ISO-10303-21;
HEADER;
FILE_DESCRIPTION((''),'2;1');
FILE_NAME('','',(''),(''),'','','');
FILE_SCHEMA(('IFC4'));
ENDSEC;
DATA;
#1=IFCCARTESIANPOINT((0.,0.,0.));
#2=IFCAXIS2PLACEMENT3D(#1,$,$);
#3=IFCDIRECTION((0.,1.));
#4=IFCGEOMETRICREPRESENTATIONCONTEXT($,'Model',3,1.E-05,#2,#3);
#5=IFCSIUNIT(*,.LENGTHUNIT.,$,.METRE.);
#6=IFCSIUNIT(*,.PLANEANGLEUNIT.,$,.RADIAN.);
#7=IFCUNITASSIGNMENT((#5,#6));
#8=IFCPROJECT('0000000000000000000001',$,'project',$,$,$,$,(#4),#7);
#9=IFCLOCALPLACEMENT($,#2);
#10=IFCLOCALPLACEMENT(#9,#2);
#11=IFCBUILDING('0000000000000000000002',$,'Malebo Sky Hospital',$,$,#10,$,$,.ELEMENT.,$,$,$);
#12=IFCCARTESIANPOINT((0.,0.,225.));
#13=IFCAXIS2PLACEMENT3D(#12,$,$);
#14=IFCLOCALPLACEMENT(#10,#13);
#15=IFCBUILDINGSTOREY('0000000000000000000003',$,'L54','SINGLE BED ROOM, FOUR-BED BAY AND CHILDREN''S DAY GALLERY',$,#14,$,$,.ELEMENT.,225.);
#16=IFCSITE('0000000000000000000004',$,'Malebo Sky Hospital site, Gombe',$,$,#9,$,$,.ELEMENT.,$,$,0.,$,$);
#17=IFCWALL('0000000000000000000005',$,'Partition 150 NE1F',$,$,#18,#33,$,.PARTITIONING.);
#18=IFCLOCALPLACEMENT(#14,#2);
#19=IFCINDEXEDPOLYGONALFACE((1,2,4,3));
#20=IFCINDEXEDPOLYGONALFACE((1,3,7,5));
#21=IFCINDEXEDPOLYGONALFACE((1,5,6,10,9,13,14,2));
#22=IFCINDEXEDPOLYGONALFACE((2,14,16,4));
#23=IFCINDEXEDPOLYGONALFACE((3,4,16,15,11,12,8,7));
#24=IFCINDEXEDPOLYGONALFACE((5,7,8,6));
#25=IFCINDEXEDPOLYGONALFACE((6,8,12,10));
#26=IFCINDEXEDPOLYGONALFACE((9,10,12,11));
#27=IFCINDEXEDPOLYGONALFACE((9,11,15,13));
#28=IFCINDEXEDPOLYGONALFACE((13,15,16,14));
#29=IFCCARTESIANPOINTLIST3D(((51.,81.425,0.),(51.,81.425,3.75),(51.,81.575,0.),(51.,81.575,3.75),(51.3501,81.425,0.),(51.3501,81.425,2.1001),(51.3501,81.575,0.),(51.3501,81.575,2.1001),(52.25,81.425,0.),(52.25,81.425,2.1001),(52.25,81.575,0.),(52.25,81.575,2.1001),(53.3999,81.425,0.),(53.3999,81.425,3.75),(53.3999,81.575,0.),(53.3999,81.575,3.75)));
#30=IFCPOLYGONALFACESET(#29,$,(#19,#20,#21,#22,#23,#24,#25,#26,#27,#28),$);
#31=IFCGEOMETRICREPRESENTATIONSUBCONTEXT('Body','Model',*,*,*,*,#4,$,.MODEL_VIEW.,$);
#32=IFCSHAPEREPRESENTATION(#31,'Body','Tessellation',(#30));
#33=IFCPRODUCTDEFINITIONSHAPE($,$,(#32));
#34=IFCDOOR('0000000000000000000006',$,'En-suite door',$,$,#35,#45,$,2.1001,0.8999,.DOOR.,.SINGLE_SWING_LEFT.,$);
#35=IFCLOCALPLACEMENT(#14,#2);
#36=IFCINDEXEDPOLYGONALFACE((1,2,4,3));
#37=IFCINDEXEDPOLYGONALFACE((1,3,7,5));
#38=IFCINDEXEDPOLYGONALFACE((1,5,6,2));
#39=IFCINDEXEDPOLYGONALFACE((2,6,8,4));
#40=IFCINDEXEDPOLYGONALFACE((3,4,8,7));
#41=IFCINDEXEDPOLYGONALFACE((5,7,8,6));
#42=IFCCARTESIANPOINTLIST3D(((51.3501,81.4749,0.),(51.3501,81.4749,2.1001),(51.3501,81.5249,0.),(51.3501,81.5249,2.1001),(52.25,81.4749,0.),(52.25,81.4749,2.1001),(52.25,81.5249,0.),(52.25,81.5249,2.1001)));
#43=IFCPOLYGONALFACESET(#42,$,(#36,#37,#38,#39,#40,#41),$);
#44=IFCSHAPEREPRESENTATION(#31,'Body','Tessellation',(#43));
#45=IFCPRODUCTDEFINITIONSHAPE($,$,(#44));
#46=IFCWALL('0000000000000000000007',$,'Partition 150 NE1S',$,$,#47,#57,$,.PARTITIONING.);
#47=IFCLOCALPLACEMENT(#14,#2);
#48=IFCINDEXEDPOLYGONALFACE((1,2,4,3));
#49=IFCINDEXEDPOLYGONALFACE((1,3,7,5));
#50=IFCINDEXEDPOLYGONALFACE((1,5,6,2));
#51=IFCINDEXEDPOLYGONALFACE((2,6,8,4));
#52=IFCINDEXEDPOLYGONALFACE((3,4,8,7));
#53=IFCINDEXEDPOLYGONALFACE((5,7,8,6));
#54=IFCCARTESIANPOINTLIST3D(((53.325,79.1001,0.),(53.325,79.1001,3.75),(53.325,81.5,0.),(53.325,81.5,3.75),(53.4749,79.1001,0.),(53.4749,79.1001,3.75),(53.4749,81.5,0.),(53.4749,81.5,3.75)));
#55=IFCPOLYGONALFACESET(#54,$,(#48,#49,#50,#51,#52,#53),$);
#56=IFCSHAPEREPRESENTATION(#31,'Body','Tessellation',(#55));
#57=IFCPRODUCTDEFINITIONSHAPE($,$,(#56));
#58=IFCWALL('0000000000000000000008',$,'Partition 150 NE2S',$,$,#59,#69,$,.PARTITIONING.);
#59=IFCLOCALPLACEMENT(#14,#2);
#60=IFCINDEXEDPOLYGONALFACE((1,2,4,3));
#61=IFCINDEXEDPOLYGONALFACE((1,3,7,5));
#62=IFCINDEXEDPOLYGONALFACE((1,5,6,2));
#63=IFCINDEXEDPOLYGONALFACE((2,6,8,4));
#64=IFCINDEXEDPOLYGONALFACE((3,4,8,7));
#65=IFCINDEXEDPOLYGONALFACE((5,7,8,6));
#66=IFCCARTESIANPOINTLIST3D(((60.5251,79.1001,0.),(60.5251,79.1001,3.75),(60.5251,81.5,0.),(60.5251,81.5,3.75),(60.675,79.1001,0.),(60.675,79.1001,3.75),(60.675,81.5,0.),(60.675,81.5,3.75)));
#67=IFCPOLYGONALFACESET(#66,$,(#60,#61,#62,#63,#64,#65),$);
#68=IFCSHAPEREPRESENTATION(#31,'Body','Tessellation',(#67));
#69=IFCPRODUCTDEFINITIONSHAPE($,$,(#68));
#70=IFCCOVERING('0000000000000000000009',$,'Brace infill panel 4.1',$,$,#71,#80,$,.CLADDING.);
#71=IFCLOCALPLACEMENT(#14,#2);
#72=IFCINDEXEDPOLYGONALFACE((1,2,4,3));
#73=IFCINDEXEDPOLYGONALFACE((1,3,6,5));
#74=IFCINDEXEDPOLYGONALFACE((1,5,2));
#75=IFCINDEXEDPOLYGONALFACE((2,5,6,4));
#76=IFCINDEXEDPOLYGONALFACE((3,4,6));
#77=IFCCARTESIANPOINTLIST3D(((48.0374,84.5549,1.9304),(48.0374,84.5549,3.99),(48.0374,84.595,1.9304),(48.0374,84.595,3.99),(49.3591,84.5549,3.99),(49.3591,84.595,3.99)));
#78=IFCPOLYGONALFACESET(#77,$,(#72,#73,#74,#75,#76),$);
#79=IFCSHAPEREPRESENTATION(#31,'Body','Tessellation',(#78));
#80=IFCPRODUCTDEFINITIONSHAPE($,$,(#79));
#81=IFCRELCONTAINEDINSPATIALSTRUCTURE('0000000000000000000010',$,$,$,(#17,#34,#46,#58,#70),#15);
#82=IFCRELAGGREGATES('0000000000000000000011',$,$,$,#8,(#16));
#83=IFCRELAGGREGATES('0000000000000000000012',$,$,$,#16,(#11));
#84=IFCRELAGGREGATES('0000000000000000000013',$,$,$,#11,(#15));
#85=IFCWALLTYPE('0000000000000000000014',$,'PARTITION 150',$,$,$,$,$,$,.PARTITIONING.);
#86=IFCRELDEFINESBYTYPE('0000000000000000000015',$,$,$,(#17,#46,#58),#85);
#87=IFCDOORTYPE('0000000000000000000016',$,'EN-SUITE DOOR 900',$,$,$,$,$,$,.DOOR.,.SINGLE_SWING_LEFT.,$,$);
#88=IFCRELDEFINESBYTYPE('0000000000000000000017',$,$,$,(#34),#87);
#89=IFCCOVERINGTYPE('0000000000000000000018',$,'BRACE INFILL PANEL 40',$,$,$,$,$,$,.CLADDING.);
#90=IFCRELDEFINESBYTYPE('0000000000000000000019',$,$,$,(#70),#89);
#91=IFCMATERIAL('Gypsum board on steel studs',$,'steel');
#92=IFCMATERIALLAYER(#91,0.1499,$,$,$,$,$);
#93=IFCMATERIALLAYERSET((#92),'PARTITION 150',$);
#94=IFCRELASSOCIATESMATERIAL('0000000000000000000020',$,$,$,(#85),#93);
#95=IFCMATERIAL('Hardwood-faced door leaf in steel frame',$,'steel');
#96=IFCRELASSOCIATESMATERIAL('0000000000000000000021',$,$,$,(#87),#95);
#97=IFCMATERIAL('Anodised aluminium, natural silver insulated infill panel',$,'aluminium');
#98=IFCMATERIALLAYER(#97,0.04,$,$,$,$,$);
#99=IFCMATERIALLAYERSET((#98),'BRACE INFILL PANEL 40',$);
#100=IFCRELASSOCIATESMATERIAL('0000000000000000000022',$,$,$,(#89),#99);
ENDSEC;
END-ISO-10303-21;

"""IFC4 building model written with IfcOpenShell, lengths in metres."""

from ifc_helpers import new_model, si_unit, direction, frame, frame_2d, origin, place, context, subcontext, project, spatial, polyline, rectangle, outline, extrude, material, layer, layer_set, type_object, element, fill, save


model = new_model("IFC4")

# Units and contexts
model_context = context("Model", 3, precision=1e-05, world=origin(), true_north=direction((0.0, 1.0)))
body_context = subcontext(model_context, "Body", "Model", "MODEL_VIEW")
ifc_project = project(units=[si_unit("LENGTHUNIT", "METRE"), si_unit("PLANEANGLEUNIT", "RADIAN")], contexts=[model_context])

# Site, building, storey
site_placement = place(None, origin())
site = spatial("IfcSite", under=ifc_project, at=site_placement, Name="Malebo Sky Hospital site, Gombe", CompositionType="ELEMENT", RefElevation=0.0)
building_placement = place(site_placement, origin())
building = spatial("IfcBuilding", under=site, at=building_placement, Name="Malebo Sky Hospital", CompositionType="ELEMENT")
storey_placement = place(building_placement, frame((0.0, 0.0, 225.0)))
storey = spatial("IfcBuildingStorey", under=building, at=storey_placement, Name="L54", Description="SINGLE BED ROOM, FOUR-BED BAY AND CHILDREN'S DAY GALLERY", CompositionType="ELEMENT", Elevation=225.0)

# Shared definitions
ifc_material_1 = material(Name="Gypsum board on steel studs", Category="steel")
ifc_layer_1 = layer(ifc_material_1, 0.1499)
ifc_layer_set_1 = layer_set([ifc_layer_1], Name="PARTITION 150")
wall_type_1 = type_object("IfcWallType", Name="PARTITION 150", PredefinedType="PARTITIONING", material=ifc_layer_set_1)

# Wall, opening, door
wall_1_placement = place(storey_placement, frame((51.0, 81.5, 0.0), z_axis=(0.0, 0.0, 1.0), x_axis=(1.0, 0.0, 0.0)))
wall_1 = element("IfcWall", 1, at=wall_1_placement, inside=storey, type_object=wall_type_1, Name="Partition 150 NE1F", PredefinedType="PARTITIONING", context=body_context, shape_type="SweptSolid", body=[
    extrude(rectangle(XDim=2.3999, YDim=0.1499, at=frame_2d((1.2, 0.0))), origin(), (0.0, 0.0, 1.0), 3.75),
])
opening_placement = place(wall_1_placement, frame((0.3501, 0.0, 0.0)))
opening = element("IfcOpeningElement", 2, at=opening_placement, cuts=wall_1, PredefinedType="OPENING", context=body_context, shape_type="SweptSolid", body=[
    extrude(rectangle(XDim=0.8999, YDim=2.1001, at=frame_2d((0.45, 1.05))), frame((0.0, 0.085, 0.0), z_axis=(0.0, -1.0, 0.0), x_axis=(1.0, 0.0, 0.0)), (0.0, 0.0, 1.0), 0.1699),
])
ifc_material_2 = material(Name="Hardwood-faced door leaf in steel frame", Category="steel")
door_type = type_object("IfcDoorType", Name="EN-SUITE DOOR 900", OperationType="SINGLE_SWING_LEFT", PredefinedType="DOOR", material=ifc_material_2)
door_placement = place(opening_placement, origin())
door = element("IfcDoor", 3, at=door_placement, inside=storey, type_object=door_type, Name="En-suite door", OperationType="SINGLE_SWING_LEFT", OverallHeight=2.1001, OverallWidth=0.8999, PredefinedType="DOOR", context=body_context, shape_type="SweptSolid", body=[
    extrude(rectangle(XDim=0.8999, YDim=2.1001, at=frame_2d((0.45, 1.05))), frame((0.0, 0.0249, 0.0), z_axis=(0.0, -1.0, 0.0), x_axis=(1.0, 0.0, 0.0)), (0.0, 0.0, 1.0), 0.05),
])
fill(opening, door)

# Walls
for number, where, z_axis, x_axis, name in (
    (4, (53.3999, 79.1001, 0.0), (0.0, 0.0, 1.0), (0.0, 1.0, 0.0), "Partition 150 NE1S"),
    (5, (60.6001, 79.1001, 0.0), (0.0, 0.0, 1.0), (0.0, 1.0, 0.0), "Partition 150 NE2S"),
):
    element("IfcWall", number, at=place(storey_placement, frame(where, z_axis=z_axis, x_axis=x_axis)), inside=storey, type_object=wall_type_1, Name=name, PredefinedType="PARTITIONING", context=body_context, shape_type="SweptSolid", body=[
        extrude(rectangle(XDim=2.3999, YDim=0.1499, at=frame_2d((1.2, 0.0))), origin(), (0.0, 0.0, 1.0), 3.75),
    ])

# Covering
ifc_material_3 = material(Name="Anodised aluminium, natural silver insulated infill panel", Category="aluminium")
ifc_layer_2 = layer(ifc_material_3, 0.04)
ifc_layer_set_2 = layer_set([ifc_layer_2], Name="BRACE INFILL PANEL 40")
covering_type = type_object("IfcCoveringType", Name="BRACE INFILL PANEL 40", PredefinedType="CLADDING", material=ifc_layer_set_2)
covering_placement = place(storey_placement, frame((48.6982, 84.575, 1.9304), z_axis=(0.0, 0.0, 1.0), x_axis=(1.0, 0.0, 0.0)))
element("IfcCovering", 6, at=covering_placement, inside=storey, type_object=covering_type, Name="Brace infill panel 4.1", PredefinedType="CLADDING", context=body_context, shape_type="SweptSolid", body=[
    extrude(outline(polyline([(-0.6609, 0.0), (0.6609, 2.0596), (-0.6609, 2.0596), (-0.6609, 0.0)])), frame((0.0, 0.02, 0.0), z_axis=(0.0, -1.0, 0.0), x_axis=(1.0, 0.0, 0.0)), (0.0, 0.0, 1.0), 0.04),
])

save(model, "model.ifc")
